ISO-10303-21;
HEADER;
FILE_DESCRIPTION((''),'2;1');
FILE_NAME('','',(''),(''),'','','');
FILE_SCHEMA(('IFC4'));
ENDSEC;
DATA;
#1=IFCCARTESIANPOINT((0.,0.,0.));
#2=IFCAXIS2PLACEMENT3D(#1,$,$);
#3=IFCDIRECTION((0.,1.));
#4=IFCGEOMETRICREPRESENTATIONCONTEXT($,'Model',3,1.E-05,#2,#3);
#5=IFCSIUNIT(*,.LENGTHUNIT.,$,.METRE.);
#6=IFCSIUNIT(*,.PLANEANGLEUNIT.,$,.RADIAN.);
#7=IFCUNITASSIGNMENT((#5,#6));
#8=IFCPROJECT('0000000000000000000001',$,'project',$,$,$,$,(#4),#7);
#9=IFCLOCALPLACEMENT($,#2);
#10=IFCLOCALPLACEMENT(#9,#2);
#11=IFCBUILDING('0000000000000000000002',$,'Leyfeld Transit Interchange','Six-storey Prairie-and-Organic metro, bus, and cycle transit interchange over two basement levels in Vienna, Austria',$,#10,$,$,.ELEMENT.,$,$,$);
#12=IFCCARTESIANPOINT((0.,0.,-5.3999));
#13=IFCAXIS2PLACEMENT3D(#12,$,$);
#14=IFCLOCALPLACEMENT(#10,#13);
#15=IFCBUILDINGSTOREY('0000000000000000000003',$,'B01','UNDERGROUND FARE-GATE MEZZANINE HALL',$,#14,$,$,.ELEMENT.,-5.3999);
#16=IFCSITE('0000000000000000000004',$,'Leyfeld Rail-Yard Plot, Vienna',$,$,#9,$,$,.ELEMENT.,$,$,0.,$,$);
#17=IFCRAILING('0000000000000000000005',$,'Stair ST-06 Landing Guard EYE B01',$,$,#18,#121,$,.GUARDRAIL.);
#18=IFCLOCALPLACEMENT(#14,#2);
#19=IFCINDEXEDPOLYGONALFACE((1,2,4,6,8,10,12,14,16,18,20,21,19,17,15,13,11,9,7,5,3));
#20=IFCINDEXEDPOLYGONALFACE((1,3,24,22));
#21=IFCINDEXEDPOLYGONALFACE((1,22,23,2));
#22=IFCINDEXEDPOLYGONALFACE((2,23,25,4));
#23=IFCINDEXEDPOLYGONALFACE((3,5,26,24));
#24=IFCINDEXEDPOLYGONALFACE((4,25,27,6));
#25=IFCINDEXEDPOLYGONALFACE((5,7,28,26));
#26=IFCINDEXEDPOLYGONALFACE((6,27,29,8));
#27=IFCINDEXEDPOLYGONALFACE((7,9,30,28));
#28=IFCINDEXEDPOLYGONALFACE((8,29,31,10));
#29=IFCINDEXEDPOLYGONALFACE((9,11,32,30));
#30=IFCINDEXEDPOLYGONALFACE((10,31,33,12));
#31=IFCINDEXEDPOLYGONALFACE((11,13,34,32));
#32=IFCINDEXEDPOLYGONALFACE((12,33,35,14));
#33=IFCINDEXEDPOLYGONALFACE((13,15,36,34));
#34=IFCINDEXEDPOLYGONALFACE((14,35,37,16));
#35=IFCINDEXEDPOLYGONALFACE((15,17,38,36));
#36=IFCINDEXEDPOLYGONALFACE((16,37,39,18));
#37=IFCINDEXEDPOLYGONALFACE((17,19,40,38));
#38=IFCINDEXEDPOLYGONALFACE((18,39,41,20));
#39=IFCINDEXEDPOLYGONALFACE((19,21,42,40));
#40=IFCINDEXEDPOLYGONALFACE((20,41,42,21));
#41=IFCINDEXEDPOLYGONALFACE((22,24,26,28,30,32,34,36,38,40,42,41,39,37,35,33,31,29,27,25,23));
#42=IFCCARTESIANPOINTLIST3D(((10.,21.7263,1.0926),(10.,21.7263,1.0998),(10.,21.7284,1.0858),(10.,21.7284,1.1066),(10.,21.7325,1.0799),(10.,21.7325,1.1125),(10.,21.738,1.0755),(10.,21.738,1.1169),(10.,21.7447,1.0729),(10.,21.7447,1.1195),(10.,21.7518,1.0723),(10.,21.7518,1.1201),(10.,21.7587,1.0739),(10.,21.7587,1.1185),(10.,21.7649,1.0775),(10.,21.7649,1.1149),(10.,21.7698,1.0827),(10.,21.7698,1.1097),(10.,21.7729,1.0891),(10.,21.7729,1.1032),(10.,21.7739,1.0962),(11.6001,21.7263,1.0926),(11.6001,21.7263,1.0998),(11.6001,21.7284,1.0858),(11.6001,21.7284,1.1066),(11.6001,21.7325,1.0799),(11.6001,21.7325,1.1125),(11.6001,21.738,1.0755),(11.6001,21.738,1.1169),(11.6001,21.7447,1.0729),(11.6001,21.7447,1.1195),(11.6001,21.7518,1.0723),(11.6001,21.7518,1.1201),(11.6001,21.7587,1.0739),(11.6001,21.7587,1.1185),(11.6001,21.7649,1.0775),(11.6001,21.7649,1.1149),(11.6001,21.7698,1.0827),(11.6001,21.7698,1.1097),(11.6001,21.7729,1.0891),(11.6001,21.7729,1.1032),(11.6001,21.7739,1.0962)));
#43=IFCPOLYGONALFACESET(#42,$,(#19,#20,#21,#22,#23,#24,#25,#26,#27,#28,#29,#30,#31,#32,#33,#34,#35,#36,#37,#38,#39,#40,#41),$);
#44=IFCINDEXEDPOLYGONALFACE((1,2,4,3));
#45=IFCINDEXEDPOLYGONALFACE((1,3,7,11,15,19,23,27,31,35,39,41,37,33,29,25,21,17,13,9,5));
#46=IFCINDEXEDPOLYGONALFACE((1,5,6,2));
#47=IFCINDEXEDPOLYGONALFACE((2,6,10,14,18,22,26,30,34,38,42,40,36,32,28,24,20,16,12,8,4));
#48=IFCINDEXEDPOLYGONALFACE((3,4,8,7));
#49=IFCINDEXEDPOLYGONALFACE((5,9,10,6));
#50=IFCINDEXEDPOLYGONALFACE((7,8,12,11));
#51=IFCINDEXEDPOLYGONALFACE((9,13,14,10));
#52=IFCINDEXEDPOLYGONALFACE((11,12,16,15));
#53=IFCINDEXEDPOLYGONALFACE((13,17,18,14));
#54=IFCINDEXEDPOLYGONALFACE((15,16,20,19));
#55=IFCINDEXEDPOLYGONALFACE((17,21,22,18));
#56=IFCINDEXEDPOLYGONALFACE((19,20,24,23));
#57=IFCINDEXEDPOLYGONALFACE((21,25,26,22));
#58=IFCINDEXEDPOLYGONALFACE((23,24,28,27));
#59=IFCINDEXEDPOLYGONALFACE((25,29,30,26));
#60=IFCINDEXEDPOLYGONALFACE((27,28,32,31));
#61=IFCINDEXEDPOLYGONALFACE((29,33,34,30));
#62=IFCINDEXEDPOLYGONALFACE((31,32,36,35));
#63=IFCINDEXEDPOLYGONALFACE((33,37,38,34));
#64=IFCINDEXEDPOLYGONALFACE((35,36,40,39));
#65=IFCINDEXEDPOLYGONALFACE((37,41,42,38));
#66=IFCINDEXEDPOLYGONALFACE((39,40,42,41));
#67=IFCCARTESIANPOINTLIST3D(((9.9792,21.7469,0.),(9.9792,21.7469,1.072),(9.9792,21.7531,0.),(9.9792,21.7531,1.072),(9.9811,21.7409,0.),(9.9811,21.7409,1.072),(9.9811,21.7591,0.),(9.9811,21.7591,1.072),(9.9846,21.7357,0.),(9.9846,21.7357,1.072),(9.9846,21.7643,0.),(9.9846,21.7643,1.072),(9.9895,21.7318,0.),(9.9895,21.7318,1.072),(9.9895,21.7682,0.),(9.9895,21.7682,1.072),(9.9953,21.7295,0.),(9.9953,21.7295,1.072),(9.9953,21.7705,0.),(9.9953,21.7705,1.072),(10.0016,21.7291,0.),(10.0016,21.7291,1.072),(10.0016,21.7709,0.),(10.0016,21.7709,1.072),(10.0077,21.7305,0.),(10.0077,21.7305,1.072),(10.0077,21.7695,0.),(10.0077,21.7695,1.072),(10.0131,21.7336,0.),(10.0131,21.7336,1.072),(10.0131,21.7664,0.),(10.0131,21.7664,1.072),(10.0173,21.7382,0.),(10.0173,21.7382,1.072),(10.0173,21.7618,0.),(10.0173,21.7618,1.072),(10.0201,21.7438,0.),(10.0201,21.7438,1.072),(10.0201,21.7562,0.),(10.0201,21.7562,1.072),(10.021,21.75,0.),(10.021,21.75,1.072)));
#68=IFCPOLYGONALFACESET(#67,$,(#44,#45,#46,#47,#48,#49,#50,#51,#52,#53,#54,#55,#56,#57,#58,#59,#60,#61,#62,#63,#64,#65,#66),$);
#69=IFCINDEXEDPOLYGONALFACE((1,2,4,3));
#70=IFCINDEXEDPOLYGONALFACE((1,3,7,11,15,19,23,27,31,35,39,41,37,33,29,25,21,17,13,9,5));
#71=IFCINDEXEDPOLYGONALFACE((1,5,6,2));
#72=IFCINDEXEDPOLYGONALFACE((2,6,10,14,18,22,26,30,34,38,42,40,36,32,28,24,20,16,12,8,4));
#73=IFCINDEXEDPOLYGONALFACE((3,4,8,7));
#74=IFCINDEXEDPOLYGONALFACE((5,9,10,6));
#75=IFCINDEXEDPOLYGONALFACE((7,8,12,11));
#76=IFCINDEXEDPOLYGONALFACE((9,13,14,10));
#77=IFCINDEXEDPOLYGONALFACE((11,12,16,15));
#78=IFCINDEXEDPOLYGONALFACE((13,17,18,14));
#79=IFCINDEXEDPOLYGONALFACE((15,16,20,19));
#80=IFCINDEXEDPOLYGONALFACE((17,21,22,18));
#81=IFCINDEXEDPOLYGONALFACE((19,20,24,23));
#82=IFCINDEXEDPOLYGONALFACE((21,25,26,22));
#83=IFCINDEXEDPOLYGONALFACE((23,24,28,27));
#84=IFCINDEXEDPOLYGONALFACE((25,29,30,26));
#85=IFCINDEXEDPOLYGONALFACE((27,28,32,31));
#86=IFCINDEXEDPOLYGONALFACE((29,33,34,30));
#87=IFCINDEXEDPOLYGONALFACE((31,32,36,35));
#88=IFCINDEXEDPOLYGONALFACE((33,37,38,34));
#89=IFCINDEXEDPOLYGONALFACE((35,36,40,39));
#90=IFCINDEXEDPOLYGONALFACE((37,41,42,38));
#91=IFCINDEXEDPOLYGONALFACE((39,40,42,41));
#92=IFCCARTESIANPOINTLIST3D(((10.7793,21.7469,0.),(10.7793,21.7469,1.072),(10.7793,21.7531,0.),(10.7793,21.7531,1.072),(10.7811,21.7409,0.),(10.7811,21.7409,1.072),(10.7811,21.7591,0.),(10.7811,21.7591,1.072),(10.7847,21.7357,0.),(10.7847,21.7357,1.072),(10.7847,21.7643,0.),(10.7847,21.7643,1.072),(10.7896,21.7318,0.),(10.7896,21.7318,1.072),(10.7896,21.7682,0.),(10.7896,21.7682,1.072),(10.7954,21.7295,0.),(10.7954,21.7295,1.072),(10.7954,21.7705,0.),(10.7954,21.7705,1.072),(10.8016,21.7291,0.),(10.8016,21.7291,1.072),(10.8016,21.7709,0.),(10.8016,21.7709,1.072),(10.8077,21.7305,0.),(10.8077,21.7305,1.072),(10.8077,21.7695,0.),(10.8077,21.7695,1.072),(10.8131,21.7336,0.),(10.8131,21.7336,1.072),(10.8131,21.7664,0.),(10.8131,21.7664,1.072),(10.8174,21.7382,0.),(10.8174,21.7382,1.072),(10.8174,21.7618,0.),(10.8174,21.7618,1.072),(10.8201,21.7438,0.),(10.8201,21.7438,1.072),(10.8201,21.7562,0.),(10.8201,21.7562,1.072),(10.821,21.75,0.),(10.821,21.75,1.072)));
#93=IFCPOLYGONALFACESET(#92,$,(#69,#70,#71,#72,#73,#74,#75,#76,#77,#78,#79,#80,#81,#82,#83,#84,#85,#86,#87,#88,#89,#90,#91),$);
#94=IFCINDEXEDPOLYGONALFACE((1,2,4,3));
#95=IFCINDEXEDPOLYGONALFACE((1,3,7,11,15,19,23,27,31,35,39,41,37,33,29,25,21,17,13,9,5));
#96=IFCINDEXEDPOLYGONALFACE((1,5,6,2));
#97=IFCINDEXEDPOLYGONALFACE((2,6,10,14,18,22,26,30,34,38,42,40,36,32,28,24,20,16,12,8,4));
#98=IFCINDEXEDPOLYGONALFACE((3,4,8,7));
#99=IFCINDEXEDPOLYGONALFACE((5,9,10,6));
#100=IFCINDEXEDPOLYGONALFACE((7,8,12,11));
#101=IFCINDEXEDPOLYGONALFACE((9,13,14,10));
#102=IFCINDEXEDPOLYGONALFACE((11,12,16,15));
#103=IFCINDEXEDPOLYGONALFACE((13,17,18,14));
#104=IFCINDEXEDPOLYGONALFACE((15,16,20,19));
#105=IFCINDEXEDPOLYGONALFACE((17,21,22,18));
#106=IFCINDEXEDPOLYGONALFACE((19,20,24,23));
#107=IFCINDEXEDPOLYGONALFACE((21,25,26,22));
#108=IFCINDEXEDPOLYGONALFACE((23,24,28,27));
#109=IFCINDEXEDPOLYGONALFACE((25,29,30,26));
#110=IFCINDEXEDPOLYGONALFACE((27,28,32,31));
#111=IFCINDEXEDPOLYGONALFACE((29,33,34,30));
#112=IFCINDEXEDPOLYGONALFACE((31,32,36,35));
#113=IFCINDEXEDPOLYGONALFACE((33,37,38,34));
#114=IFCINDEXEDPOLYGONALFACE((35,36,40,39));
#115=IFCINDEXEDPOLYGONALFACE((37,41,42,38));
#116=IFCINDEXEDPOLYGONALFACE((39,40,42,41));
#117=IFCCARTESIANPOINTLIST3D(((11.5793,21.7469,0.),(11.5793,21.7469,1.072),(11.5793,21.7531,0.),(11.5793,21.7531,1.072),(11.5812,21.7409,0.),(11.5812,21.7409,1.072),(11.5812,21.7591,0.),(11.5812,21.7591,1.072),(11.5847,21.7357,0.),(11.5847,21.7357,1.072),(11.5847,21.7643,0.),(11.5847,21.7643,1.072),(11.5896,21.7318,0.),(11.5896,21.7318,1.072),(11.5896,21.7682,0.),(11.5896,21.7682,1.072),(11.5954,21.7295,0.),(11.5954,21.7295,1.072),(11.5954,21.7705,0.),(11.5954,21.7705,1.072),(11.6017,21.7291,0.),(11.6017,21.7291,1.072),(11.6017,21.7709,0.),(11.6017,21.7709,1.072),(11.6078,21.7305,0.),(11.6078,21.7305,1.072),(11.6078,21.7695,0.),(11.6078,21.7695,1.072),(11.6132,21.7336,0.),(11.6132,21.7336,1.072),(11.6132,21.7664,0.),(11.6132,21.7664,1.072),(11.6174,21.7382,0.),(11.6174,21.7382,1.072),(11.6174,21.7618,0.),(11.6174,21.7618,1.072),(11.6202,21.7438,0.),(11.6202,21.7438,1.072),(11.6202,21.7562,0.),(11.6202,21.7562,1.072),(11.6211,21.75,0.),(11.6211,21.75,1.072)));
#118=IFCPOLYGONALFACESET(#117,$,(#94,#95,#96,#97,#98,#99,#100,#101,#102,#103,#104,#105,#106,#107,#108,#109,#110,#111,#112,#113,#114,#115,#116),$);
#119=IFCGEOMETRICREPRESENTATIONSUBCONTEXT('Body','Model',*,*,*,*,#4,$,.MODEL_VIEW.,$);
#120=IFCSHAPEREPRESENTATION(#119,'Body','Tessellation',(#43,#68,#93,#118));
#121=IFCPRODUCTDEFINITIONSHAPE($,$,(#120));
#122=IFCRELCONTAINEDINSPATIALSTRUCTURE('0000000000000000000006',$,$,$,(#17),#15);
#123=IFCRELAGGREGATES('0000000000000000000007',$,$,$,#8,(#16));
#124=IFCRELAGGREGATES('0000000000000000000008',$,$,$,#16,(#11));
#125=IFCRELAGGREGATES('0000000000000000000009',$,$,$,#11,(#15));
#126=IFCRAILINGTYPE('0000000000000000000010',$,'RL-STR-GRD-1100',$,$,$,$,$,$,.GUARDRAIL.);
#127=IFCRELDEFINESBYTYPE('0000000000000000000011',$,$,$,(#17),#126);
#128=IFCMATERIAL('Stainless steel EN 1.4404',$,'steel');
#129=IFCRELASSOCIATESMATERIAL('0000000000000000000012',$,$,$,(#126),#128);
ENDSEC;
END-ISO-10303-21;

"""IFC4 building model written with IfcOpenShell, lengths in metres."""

from ifc_helpers import new_model, si_unit, direction, frame, origin, origin_2d, place, context, subcontext, project, spatial, circle, extrude, material, type_object, element, save


model = new_model("IFC4")

# Units and contexts
model_context = context("Model", 3, precision=1e-05, world=origin(), true_north=direction((0.0, 1.0)))
body_context = subcontext(model_context, "Body", "Model", "MODEL_VIEW")
ifc_project = project(units=[si_unit("LENGTHUNIT", "METRE"), si_unit("PLANEANGLEUNIT", "RADIAN")], contexts=[model_context])

# Site, building, storey
site_placement = place(None, origin())
site = spatial("IfcSite", under=ifc_project, at=site_placement, Name="Leyfeld Rail-Yard Plot, Vienna", CompositionType="ELEMENT", RefElevation=0.0)
building_placement = place(site_placement, origin())
building = spatial("IfcBuilding", under=site, at=building_placement, Name="Leyfeld Transit Interchange", Description="Six-storey Prairie-and-Organic metro, bus, and cycle transit interchange over two basement levels in Vienna, Austria", CompositionType="ELEMENT")
storey_placement = place(building_placement, frame((0.0, 0.0, -5.3999)))
storey = spatial("IfcBuildingStorey", under=building, at=storey_placement, Name="B01", Description="UNDERGROUND FARE-GATE MEZZANINE HALL", CompositionType="ELEMENT", Elevation=-5.3999)

# Railing
ifc_material_1 = material(Name="Stainless steel EN 1.4404", Category="steel")
railing_type_1 = type_object("IfcRailingType", Name="RL-STR-GRD-1100", PredefinedType="GUARDRAIL", material=ifc_material_1)
railing_1_placement = place(storey_placement, frame((10.0, 21.75, 0.0)))
element("IfcRailing", 1, at=railing_1_placement, inside=storey, type_object=railing_type_1, Name="Stair ST-06 Landing Guard EYE B01", PredefinedType="GUARDRAIL", context=body_context, shape_type="SweptSolid", body=[
    extrude(circle(Radius=0.0239, at=origin_2d()), frame((0.0, 0.0, 1.0962), z_axis=(1.0, 0.0, 0.0), x_axis=(0.0, 1.0, 0.0)), (0.0, 0.0, 1.0), 1.6001),
    extrude(circle(Radius=0.021, at=origin_2d()), origin(), (0.0, 0.0, 1.0), 1.072),
    extrude(circle(Radius=0.021, at=origin_2d()), frame((0.8, 0.0, 0.0)), (0.0, 0.0, 1.0), 1.072),
    extrude(circle(Radius=0.021, at=origin_2d()), frame((1.6001, 0.0, 0.0)), (0.0, 0.0, 1.0), 1.072),
])

save(model, "model.ifc")
